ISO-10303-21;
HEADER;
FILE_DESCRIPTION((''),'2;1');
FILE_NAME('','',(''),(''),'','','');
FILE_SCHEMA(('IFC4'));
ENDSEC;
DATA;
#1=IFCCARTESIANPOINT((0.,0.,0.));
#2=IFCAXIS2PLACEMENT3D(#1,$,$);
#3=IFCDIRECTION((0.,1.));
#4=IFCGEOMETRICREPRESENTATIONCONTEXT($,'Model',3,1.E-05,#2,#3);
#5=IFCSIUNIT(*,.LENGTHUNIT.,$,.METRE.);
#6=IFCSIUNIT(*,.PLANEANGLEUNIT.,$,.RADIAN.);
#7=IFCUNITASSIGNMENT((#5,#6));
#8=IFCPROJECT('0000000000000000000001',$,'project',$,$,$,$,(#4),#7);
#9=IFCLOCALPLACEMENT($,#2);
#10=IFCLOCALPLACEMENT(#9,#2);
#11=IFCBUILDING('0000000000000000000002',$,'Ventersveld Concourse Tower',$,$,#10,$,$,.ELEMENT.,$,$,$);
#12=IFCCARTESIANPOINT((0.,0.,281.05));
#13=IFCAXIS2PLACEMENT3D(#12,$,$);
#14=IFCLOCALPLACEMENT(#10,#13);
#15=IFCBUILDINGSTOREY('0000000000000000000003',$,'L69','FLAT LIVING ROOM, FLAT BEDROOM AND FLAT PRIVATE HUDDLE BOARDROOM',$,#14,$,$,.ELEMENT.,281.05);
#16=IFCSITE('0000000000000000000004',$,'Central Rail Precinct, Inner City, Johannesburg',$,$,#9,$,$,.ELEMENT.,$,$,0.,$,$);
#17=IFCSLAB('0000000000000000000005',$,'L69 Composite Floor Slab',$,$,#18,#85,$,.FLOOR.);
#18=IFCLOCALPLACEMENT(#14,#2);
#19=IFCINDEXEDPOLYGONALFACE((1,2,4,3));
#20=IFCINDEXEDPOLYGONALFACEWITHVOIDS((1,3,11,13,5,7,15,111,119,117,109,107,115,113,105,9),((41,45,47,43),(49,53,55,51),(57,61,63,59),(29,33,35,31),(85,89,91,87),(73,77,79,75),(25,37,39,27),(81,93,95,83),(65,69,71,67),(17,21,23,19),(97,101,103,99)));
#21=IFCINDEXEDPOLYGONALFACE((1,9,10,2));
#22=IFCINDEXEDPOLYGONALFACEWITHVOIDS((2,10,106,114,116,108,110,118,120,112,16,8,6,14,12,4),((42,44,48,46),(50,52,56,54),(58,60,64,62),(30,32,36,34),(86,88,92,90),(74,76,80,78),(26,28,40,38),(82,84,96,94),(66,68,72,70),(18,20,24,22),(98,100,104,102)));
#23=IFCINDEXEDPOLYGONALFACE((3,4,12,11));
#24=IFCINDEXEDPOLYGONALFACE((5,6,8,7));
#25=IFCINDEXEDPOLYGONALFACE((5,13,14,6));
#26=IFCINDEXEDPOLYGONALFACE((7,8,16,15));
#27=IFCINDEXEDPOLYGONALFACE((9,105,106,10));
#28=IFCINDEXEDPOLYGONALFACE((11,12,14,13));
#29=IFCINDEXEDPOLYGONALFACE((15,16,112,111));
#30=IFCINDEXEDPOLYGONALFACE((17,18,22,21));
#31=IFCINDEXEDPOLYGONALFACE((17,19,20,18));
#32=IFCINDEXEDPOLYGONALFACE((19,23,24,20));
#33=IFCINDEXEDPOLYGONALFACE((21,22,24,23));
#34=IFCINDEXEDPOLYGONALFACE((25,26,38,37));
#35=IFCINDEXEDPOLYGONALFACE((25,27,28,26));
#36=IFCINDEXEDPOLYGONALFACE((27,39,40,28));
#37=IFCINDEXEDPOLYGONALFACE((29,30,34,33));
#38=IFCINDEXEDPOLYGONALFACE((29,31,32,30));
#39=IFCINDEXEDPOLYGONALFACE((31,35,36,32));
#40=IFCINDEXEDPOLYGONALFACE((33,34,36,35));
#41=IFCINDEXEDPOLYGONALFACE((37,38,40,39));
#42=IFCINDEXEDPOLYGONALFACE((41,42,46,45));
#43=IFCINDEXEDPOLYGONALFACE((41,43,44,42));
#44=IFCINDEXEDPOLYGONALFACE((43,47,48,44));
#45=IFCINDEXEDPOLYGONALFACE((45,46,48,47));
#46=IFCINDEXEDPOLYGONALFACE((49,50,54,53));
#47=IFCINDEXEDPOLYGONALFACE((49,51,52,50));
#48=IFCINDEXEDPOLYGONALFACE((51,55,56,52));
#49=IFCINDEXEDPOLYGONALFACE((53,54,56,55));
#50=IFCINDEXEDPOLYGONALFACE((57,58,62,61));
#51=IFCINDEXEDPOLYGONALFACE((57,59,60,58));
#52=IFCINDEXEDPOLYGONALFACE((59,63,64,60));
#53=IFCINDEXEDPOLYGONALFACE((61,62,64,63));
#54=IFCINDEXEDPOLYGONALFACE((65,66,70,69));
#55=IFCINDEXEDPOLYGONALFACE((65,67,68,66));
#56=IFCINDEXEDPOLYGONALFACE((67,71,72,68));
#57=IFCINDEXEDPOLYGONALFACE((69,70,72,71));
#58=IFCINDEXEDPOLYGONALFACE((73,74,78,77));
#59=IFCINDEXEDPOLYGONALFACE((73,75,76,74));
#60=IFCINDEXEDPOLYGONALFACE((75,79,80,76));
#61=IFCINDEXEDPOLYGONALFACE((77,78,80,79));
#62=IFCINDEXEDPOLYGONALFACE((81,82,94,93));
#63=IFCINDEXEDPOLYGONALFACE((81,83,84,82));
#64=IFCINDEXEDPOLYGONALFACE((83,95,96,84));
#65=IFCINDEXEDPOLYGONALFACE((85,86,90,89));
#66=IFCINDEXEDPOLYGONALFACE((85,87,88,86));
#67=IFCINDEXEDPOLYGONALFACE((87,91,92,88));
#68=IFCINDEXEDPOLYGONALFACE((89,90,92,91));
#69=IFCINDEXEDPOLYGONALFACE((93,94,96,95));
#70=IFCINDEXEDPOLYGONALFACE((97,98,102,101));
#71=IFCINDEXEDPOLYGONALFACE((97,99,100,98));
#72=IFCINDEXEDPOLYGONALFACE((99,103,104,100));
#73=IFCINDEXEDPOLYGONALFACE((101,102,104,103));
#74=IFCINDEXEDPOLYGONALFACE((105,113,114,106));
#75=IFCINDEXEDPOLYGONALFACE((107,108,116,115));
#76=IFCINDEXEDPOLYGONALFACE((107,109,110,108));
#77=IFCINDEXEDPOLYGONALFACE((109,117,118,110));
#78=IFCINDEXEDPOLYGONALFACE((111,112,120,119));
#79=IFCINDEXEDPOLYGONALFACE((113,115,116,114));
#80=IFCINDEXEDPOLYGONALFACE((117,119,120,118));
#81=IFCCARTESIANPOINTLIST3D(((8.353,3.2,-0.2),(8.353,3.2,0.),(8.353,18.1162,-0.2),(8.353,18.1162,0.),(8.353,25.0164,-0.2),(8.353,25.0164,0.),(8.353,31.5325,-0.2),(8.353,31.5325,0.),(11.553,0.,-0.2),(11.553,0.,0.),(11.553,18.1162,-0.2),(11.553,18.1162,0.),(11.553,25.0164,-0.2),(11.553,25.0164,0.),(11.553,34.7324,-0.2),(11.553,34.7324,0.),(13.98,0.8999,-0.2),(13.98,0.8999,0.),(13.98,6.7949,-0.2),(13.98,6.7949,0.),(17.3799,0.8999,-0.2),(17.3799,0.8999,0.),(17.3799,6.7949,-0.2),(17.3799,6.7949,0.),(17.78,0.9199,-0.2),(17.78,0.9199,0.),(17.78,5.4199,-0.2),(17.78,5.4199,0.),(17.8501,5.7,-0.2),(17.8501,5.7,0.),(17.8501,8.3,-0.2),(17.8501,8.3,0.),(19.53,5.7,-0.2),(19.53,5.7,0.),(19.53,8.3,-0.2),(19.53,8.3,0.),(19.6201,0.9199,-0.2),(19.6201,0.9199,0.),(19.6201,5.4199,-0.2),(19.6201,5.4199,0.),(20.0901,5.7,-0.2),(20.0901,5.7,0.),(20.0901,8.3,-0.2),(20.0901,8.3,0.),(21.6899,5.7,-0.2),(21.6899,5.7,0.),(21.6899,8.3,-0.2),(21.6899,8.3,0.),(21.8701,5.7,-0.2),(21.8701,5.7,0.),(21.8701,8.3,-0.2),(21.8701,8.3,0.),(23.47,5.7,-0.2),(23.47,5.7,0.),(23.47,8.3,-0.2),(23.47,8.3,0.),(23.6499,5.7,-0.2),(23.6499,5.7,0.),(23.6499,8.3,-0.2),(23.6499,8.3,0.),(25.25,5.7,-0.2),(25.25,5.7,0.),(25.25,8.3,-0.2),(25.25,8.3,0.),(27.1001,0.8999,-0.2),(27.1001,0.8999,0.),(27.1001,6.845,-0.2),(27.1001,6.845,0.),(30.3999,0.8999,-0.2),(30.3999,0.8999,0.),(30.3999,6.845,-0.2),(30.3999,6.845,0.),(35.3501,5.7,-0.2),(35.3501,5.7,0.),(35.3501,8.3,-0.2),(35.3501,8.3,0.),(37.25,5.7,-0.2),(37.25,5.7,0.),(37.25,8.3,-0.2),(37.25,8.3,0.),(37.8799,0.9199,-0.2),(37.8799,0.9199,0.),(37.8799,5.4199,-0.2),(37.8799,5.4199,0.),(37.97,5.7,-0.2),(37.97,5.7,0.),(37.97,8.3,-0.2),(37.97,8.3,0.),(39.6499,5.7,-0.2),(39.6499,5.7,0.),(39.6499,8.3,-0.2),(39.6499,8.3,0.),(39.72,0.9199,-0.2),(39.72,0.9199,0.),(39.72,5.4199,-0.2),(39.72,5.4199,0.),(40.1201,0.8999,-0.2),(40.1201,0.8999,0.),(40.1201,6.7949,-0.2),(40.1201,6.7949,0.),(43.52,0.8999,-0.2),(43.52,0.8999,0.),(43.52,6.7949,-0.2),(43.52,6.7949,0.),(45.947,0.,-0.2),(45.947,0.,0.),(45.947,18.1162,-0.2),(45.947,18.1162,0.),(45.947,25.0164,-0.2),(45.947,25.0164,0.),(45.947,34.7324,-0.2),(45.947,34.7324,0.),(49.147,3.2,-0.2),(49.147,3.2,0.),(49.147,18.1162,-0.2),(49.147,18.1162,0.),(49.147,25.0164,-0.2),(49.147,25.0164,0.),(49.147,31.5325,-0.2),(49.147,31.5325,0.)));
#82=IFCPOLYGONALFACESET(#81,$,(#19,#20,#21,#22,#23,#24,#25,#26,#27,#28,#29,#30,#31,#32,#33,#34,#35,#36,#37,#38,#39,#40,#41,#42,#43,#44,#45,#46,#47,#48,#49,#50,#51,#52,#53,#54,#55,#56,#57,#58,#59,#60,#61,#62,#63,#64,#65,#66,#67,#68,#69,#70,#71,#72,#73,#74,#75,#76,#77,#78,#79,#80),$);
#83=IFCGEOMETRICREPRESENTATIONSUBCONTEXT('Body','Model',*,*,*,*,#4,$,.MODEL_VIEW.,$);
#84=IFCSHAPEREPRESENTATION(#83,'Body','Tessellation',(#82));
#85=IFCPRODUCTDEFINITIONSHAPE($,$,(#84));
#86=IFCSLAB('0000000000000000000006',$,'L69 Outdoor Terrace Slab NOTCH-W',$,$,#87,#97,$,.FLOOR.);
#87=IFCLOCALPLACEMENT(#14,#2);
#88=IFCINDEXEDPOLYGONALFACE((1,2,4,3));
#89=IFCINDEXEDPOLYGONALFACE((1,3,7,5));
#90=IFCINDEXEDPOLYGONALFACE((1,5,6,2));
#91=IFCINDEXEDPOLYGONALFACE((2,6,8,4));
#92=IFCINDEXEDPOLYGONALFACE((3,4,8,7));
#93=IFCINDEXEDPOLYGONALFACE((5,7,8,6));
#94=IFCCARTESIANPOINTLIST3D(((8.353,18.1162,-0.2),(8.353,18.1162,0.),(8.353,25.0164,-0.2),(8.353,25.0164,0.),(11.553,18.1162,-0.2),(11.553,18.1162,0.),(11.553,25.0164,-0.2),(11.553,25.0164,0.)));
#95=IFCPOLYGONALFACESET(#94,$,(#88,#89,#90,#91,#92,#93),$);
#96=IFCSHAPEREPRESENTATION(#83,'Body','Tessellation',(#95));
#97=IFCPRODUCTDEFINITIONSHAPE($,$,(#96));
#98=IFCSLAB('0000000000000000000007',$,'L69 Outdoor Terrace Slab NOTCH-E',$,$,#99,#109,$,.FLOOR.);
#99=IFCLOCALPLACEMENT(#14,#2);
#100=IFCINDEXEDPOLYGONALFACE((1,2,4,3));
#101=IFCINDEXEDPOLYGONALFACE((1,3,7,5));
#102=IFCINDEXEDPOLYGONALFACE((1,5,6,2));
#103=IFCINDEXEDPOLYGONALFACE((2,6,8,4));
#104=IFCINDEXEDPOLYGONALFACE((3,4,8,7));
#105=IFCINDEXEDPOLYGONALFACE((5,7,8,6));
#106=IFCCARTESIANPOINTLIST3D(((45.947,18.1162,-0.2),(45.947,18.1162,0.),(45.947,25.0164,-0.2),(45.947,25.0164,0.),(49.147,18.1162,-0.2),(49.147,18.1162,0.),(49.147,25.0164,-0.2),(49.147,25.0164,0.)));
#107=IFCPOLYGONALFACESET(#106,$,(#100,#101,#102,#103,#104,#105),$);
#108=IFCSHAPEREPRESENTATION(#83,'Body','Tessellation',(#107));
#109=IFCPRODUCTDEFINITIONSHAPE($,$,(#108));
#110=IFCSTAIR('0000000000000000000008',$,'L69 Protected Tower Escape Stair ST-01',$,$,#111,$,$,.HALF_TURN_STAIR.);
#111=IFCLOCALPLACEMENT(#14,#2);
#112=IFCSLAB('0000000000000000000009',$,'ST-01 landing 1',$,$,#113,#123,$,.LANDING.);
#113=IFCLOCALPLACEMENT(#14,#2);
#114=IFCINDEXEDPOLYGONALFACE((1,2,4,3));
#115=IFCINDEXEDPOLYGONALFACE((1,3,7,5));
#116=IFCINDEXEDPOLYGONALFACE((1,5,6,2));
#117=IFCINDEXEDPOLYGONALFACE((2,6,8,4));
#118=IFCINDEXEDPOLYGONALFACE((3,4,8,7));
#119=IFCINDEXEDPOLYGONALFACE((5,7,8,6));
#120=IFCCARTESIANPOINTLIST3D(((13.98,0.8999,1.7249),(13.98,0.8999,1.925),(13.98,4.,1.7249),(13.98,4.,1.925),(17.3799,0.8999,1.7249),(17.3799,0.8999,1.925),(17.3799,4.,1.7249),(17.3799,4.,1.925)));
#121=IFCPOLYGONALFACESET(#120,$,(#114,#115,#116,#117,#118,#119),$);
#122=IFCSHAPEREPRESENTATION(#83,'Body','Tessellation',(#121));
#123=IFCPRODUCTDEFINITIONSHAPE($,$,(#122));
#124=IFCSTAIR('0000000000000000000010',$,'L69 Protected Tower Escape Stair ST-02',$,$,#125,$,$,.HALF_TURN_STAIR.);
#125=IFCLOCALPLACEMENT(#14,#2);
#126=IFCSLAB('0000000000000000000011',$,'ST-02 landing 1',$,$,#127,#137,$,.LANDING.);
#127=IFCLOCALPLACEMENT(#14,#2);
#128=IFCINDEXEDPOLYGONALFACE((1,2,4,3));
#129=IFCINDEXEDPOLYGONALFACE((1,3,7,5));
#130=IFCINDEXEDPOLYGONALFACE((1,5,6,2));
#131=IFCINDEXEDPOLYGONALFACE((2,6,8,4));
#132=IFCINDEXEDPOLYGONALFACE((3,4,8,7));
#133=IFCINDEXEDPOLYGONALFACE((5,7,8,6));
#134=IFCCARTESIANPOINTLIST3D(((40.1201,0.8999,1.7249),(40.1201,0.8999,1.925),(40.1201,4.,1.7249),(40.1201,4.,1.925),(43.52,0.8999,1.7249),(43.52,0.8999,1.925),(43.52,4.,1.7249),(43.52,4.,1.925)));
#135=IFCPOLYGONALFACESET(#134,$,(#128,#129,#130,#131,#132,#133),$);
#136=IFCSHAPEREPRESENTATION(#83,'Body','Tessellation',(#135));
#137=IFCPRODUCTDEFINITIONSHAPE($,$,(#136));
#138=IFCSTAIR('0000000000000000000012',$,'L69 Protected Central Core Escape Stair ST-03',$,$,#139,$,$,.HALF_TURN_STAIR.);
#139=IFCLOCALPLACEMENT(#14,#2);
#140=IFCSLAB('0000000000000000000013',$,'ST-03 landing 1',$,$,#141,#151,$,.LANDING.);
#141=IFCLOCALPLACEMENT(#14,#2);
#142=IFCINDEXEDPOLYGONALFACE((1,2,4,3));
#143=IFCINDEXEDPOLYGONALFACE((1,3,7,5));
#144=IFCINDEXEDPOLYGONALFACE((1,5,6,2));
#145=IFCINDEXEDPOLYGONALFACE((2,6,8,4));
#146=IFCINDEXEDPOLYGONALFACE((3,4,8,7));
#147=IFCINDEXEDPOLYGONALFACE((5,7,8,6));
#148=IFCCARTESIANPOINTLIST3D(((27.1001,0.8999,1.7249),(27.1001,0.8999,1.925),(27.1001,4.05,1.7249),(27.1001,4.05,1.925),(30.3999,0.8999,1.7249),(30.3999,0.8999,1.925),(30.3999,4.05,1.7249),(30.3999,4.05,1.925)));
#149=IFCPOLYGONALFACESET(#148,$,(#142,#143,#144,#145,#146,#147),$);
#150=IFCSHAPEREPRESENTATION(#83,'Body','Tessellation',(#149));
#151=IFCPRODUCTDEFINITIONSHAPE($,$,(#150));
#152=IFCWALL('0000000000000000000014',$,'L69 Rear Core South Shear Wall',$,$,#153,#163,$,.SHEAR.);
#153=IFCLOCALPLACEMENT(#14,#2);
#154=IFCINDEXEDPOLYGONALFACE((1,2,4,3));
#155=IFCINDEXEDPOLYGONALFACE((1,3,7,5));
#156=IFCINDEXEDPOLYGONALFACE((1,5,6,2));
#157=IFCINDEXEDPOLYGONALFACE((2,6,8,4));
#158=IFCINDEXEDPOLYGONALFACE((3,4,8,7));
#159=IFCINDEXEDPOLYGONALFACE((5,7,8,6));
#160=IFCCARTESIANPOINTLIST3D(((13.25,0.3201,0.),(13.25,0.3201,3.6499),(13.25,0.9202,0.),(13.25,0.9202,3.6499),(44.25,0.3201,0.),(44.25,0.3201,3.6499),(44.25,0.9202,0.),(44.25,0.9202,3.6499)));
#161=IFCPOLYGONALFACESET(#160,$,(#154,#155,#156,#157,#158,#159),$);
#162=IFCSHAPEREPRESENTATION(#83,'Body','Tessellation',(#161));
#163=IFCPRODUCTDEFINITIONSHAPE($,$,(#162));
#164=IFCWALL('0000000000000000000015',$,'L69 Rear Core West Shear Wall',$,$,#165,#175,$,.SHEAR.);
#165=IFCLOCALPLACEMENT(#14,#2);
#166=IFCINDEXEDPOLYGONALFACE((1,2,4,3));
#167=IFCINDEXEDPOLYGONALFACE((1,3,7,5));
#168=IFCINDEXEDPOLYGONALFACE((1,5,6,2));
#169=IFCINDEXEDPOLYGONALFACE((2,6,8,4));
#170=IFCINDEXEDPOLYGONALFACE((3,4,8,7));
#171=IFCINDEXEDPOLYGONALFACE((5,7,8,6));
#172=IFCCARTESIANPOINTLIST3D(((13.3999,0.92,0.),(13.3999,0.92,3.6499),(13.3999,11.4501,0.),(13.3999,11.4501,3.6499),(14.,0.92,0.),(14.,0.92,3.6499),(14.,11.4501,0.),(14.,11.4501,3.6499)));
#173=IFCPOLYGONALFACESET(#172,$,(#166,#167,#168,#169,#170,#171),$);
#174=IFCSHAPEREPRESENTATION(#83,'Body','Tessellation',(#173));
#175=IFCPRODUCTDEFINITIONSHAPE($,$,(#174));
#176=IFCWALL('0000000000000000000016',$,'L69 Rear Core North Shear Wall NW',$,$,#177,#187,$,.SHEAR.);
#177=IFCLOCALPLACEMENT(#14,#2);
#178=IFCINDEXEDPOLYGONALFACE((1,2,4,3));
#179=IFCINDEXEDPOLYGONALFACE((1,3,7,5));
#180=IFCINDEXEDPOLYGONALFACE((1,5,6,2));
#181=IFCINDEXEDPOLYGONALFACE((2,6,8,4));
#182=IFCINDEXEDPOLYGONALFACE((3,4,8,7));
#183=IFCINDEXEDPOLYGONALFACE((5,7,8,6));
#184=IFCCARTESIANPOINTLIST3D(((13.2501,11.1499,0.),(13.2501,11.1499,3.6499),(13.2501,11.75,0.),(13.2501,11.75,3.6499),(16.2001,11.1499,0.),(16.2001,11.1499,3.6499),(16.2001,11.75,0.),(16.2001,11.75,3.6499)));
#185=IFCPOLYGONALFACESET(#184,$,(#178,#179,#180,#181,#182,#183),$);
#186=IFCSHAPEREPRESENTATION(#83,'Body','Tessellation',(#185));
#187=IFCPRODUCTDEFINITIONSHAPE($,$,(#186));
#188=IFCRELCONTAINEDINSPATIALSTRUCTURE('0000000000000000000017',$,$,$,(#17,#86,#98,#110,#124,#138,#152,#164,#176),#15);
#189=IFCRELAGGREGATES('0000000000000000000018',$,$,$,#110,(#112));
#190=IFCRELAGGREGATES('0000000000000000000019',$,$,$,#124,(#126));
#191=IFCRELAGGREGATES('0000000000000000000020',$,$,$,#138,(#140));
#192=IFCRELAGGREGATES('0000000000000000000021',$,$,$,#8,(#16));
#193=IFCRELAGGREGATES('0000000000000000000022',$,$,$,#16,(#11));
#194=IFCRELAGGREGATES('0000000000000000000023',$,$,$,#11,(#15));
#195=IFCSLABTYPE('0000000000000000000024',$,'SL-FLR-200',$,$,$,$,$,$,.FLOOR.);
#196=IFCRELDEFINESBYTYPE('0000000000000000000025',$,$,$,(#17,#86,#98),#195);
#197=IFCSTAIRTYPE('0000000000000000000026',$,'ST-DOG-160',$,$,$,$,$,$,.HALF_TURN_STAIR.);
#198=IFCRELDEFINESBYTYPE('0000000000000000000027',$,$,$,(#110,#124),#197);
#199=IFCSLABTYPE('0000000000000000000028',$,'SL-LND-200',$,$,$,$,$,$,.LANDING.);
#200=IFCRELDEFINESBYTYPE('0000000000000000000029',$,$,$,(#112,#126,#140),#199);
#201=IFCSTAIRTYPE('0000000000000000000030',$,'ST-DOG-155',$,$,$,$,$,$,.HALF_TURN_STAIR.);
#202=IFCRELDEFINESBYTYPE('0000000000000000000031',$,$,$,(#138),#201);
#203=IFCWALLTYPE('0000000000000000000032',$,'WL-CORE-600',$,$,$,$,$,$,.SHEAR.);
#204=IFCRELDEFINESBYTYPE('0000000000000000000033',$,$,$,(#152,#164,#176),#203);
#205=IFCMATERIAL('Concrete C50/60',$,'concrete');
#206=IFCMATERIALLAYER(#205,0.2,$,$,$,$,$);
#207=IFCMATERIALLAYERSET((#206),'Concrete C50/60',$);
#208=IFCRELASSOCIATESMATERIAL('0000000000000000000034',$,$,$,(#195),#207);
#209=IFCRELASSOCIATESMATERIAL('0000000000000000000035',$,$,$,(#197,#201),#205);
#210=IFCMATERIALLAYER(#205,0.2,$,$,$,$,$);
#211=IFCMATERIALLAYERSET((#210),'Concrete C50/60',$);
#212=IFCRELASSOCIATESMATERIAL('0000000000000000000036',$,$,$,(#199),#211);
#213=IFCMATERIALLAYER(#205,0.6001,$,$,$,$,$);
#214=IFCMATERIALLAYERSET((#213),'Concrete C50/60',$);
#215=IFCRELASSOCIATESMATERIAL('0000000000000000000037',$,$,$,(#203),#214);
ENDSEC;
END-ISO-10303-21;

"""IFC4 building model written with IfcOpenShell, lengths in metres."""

from ifc_helpers import new_model, si_unit, direction, frame, frame_2d, origin, place, context, subcontext, project, spatial, polyline, rectangle, outline, extrude, material, layer, layer_set, type_object, element, aggregate, save


model = new_model("IFC4")

# Units and contexts
model_context = context("Model", 3, precision=1e-05, world=origin(), true_north=direction((0.0, 1.0)))
body_context = subcontext(model_context, "Body", "Model", "MODEL_VIEW")
ifc_project = project(units=[si_unit("LENGTHUNIT", "METRE"), si_unit("PLANEANGLEUNIT", "RADIAN")], contexts=[model_context])

# Site, building, storey
site_placement = place(None, origin())
site = spatial("IfcSite", under=ifc_project, at=site_placement, Name="Central Rail Precinct, Inner City, Johannesburg", CompositionType="ELEMENT", RefElevation=0.0)
building_placement = place(site_placement, origin())
building = spatial("IfcBuilding", under=site, at=building_placement, Name="Ventersveld Concourse Tower", CompositionType="ELEMENT")
storey_placement = place(building_placement, frame((0.0, 0.0, 281.05)))
storey = spatial("IfcBuildingStorey", under=building, at=storey_placement, Name="L69", Description="FLAT LIVING ROOM, FLAT BEDROOM AND FLAT PRIVATE HUDDLE BOARDROOM", CompositionType="ELEMENT", Elevation=281.05)

# Shared definitions
ifc_material_1 = material(Name="Concrete C50/60", Category="concrete")

# Slabs
ifc_layer_1 = layer(ifc_material_1, 0.2)
ifc_layer_set_1 = layer_set([ifc_layer_1], Name="Concrete C50/60")
slab_type_1 = type_object("IfcSlabType", Name="SL-FLR-200", PredefinedType="FLOOR", material=ifc_layer_set_1)
slab_1_placement = place(storey_placement, frame((0.0, 0.0, -0.2)))
element("IfcSlab", 1, at=slab_1_placement, inside=storey, type_object=slab_type_1, Name="L69 Composite Floor Slab", PredefinedType="FLOOR", context=body_context, shape_type="SweptSolid", body=[
    extrude(outline(polyline([(11.553, 0.0), (45.947, 0.0), (49.147, 3.2), (49.147, 18.1162), (45.947, 18.1162), (45.947, 25.0164), (49.147, 25.0164), (49.147, 31.5325), (45.947, 34.7324), (11.553, 34.7324), (8.353, 31.5325), (8.353, 25.0164), (11.553, 25.0164), (11.553, 18.1162), (8.353, 18.1162), (8.353, 3.2), (11.553, 0.0)]), holes=[polyline([(13.98, 6.7949), (13.98, 0.8999), (17.3799, 0.8999), (17.3799, 6.7949), (13.98, 6.7949)]), polyline([(40.1201, 6.7949), (40.1201, 0.8999), (43.52, 0.8999), (43.52, 6.7949), (40.1201, 6.7949)]), polyline([(27.1001, 6.845), (27.1001, 0.8999), (30.3999, 0.8999), (30.3999, 6.845), (27.1001, 6.845)]), polyline([(17.8501, 5.7), (19.53, 5.7), (19.53, 8.3), (17.8501, 8.3), (17.8501, 5.7)]), polyline([(37.97, 5.7), (39.6499, 5.7), (39.6499, 8.3), (37.97, 8.3), (37.97, 5.7)]), polyline([(35.3501, 5.7), (37.25, 5.7), (37.25, 8.3), (35.3501, 8.3), (35.3501, 5.7)]), polyline([(20.0901, 5.7), (21.6899, 5.7), (21.6899, 8.3), (20.0901, 8.3), (20.0901, 5.7)]), polyline([(21.8701, 5.7), (23.47, 5.7), (23.47, 8.3), (21.8701, 8.3), (21.8701, 5.7)]), polyline([(23.6499, 5.7), (25.25, 5.7), (25.25, 8.3), (23.6499, 8.3), (23.6499, 5.7)]), polyline([(17.78, 0.9199), (19.6201, 0.9199), (19.6201, 5.4199), (17.78, 5.4199), (17.78, 0.9199)]), polyline([(37.8799, 0.9199), (39.72, 0.9199), (39.72, 5.4199), (37.8799, 5.4199), (37.8799, 0.9199)])]), origin(), (0.0, 0.0, 1.0), 0.2),
])
slab_2_placement = place(storey_placement, frame((0.0, 0.0, -0.2)))
element("IfcSlab", 2, at=slab_2_placement, inside=storey, type_object=slab_type_1, Name="L69 Outdoor Terrace Slab NOTCH-W", PredefinedType="FLOOR", context=body_context, shape_type="SweptSolid", body=[
    extrude(outline(polyline([(8.353, 18.1162), (11.553, 18.1162), (11.553, 25.0164), (8.353, 25.0164), (8.353, 18.1162)])), origin(), (0.0, 0.0, 1.0), 0.2),
])
slab_3_placement = place(storey_placement, frame((0.0, 0.0, -0.2)))
element("IfcSlab", 3, at=slab_3_placement, inside=storey, type_object=slab_type_1, Name="L69 Outdoor Terrace Slab NOTCH-E", PredefinedType="FLOOR", context=body_context, shape_type="SweptSolid", body=[
    extrude(outline(polyline([(45.947, 18.1162), (49.147, 18.1162), (49.147, 25.0164), (45.947, 25.0164), (45.947, 18.1162)])), origin(), (0.0, 0.0, 1.0), 0.2),
])

# Stairs, slabs
stair_type_1 = type_object("IfcStairType", Name="ST-DOG-160", PredefinedType="HALF_TURN_STAIR", material=ifc_material_1)
stair_1_placement = place(storey_placement, origin())
stair_1 = element("IfcStair", 4, at=stair_1_placement, inside=storey, type_object=stair_type_1, Name="L69 Protected Tower Escape Stair ST-01", PredefinedType="HALF_TURN_STAIR")
ifc_layer_2 = layer(ifc_material_1, 0.2)
ifc_layer_set_2 = layer_set([ifc_layer_2], Name="Concrete C50/60")
slab_type_2 = type_object("IfcSlabType", Name="SL-LND-200", PredefinedType="LANDING", material=ifc_layer_set_2)
slab_4_placement = place(storey_placement, frame((0.0, 0.0, 1.7249)))
slab_4 = element("IfcSlab", 5, at=slab_4_placement, type_object=slab_type_2, Name="ST-01 landing 1", PredefinedType="LANDING", context=body_context, shape_type="SweptSolid", body=[
    extrude(outline(polyline([(13.98, 4.0), (13.98, 0.8999), (17.3799, 0.8999), (17.3799, 4.0), (13.98, 4.0)])), origin(), (0.0, 0.0, 1.0), 0.2002),
])
aggregate(stair_1, [slab_4])
stair_2_placement = place(storey_placement, origin())
stair_2 = element("IfcStair", 6, at=stair_2_placement, inside=storey, type_object=stair_type_1, Name="L69 Protected Tower Escape Stair ST-02", PredefinedType="HALF_TURN_STAIR")
slab_5_placement = place(storey_placement, frame((0.0, 0.0, 1.7249)))
slab_5 = element("IfcSlab", 7, at=slab_5_placement, type_object=slab_type_2, Name="ST-02 landing 1", PredefinedType="LANDING", context=body_context, shape_type="SweptSolid", body=[
    extrude(outline(polyline([(40.1201, 4.0), (40.1201, 0.8999), (43.52, 0.8999), (43.52, 4.0), (40.1201, 4.0)])), origin(), (0.0, 0.0, 1.0), 0.2002),
])
aggregate(stair_2, [slab_5])
stair_type_2 = type_object("IfcStairType", Name="ST-DOG-155", PredefinedType="HALF_TURN_STAIR", material=ifc_material_1)
stair_3_placement = place(storey_placement, origin())
stair_3 = element("IfcStair", 8, at=stair_3_placement, inside=storey, type_object=stair_type_2, Name="L69 Protected Central Core Escape Stair ST-03", PredefinedType="HALF_TURN_STAIR")
slab_6_placement = place(storey_placement, frame((0.0, 0.0, 1.7249)))
slab_6 = element("IfcSlab", 9, at=slab_6_placement, type_object=slab_type_2, Name="ST-03 landing 1", PredefinedType="LANDING", context=body_context, shape_type="SweptSolid", body=[
    extrude(outline(polyline([(27.1001, 4.05), (27.1001, 0.8999), (30.3999, 0.8999), (30.3999, 4.05), (27.1001, 4.05)])), origin(), (0.0, 0.0, 1.0), 0.2002),
])
aggregate(stair_3, [slab_6])

# Walls
ifc_layer_3 = layer(ifc_material_1, 0.6001)
ifc_layer_set_3 = layer_set([ifc_layer_3], Name="Concrete C50/60")
wall_type_1 = type_object("IfcWallType", Name="WL-CORE-600", PredefinedType="SHEAR", material=ifc_layer_set_3)
wall_1_placement = place(storey_placement, frame((13.25, 0.6201, 0.0), z_axis=(0.0, 0.0, 1.0), x_axis=(1.0, 0.0, 0.0)))
element("IfcWall", 10, at=wall_1_placement, inside=storey, type_object=wall_type_1, Name="L69 Rear Core South Shear Wall", PredefinedType="SHEAR", context=body_context, shape_type="SweptSolid", body=[
    extrude(rectangle(XDim=31.0, YDim=0.6001, at=frame_2d((15.5, 0.0))), origin(), (0.0, 0.0, 1.0), 3.6499),
])
wall_2_placement = place(storey_placement, frame((13.7, 0.9199, 0.0), z_axis=(0.0, 0.0, 1.0), x_axis=(0.0, 1.0, 0.0)))
element("IfcWall", 11, at=wall_2_placement, inside=storey, type_object=wall_type_1, Name="L69 Rear Core West Shear Wall", PredefinedType="SHEAR", context=body_context, shape_type="SweptSolid", body=[
    extrude(rectangle(XDim=10.53, YDim=0.6001, at=frame_2d((5.2651, 0.0))), origin(), (0.0, 0.0, 1.0), 3.6499),
])
wall_3_placement = place(storey_placement, frame((13.25, 11.45, 0.0), z_axis=(0.0, 0.0, 1.0), x_axis=(1.0, 0.0, 0.0)))
element("IfcWall", 12, at=wall_3_placement, inside=storey, type_object=wall_type_1, Name="L69 Rear Core North Shear Wall NW", PredefinedType="SHEAR", context=body_context, shape_type="SweptSolid", body=[
    extrude(rectangle(XDim=2.95, YDim=0.6001, at=frame_2d((1.4751, 0.0))), origin(), (0.0, 0.0, 1.0), 3.6499),
])

save(model, "model.ifc")
